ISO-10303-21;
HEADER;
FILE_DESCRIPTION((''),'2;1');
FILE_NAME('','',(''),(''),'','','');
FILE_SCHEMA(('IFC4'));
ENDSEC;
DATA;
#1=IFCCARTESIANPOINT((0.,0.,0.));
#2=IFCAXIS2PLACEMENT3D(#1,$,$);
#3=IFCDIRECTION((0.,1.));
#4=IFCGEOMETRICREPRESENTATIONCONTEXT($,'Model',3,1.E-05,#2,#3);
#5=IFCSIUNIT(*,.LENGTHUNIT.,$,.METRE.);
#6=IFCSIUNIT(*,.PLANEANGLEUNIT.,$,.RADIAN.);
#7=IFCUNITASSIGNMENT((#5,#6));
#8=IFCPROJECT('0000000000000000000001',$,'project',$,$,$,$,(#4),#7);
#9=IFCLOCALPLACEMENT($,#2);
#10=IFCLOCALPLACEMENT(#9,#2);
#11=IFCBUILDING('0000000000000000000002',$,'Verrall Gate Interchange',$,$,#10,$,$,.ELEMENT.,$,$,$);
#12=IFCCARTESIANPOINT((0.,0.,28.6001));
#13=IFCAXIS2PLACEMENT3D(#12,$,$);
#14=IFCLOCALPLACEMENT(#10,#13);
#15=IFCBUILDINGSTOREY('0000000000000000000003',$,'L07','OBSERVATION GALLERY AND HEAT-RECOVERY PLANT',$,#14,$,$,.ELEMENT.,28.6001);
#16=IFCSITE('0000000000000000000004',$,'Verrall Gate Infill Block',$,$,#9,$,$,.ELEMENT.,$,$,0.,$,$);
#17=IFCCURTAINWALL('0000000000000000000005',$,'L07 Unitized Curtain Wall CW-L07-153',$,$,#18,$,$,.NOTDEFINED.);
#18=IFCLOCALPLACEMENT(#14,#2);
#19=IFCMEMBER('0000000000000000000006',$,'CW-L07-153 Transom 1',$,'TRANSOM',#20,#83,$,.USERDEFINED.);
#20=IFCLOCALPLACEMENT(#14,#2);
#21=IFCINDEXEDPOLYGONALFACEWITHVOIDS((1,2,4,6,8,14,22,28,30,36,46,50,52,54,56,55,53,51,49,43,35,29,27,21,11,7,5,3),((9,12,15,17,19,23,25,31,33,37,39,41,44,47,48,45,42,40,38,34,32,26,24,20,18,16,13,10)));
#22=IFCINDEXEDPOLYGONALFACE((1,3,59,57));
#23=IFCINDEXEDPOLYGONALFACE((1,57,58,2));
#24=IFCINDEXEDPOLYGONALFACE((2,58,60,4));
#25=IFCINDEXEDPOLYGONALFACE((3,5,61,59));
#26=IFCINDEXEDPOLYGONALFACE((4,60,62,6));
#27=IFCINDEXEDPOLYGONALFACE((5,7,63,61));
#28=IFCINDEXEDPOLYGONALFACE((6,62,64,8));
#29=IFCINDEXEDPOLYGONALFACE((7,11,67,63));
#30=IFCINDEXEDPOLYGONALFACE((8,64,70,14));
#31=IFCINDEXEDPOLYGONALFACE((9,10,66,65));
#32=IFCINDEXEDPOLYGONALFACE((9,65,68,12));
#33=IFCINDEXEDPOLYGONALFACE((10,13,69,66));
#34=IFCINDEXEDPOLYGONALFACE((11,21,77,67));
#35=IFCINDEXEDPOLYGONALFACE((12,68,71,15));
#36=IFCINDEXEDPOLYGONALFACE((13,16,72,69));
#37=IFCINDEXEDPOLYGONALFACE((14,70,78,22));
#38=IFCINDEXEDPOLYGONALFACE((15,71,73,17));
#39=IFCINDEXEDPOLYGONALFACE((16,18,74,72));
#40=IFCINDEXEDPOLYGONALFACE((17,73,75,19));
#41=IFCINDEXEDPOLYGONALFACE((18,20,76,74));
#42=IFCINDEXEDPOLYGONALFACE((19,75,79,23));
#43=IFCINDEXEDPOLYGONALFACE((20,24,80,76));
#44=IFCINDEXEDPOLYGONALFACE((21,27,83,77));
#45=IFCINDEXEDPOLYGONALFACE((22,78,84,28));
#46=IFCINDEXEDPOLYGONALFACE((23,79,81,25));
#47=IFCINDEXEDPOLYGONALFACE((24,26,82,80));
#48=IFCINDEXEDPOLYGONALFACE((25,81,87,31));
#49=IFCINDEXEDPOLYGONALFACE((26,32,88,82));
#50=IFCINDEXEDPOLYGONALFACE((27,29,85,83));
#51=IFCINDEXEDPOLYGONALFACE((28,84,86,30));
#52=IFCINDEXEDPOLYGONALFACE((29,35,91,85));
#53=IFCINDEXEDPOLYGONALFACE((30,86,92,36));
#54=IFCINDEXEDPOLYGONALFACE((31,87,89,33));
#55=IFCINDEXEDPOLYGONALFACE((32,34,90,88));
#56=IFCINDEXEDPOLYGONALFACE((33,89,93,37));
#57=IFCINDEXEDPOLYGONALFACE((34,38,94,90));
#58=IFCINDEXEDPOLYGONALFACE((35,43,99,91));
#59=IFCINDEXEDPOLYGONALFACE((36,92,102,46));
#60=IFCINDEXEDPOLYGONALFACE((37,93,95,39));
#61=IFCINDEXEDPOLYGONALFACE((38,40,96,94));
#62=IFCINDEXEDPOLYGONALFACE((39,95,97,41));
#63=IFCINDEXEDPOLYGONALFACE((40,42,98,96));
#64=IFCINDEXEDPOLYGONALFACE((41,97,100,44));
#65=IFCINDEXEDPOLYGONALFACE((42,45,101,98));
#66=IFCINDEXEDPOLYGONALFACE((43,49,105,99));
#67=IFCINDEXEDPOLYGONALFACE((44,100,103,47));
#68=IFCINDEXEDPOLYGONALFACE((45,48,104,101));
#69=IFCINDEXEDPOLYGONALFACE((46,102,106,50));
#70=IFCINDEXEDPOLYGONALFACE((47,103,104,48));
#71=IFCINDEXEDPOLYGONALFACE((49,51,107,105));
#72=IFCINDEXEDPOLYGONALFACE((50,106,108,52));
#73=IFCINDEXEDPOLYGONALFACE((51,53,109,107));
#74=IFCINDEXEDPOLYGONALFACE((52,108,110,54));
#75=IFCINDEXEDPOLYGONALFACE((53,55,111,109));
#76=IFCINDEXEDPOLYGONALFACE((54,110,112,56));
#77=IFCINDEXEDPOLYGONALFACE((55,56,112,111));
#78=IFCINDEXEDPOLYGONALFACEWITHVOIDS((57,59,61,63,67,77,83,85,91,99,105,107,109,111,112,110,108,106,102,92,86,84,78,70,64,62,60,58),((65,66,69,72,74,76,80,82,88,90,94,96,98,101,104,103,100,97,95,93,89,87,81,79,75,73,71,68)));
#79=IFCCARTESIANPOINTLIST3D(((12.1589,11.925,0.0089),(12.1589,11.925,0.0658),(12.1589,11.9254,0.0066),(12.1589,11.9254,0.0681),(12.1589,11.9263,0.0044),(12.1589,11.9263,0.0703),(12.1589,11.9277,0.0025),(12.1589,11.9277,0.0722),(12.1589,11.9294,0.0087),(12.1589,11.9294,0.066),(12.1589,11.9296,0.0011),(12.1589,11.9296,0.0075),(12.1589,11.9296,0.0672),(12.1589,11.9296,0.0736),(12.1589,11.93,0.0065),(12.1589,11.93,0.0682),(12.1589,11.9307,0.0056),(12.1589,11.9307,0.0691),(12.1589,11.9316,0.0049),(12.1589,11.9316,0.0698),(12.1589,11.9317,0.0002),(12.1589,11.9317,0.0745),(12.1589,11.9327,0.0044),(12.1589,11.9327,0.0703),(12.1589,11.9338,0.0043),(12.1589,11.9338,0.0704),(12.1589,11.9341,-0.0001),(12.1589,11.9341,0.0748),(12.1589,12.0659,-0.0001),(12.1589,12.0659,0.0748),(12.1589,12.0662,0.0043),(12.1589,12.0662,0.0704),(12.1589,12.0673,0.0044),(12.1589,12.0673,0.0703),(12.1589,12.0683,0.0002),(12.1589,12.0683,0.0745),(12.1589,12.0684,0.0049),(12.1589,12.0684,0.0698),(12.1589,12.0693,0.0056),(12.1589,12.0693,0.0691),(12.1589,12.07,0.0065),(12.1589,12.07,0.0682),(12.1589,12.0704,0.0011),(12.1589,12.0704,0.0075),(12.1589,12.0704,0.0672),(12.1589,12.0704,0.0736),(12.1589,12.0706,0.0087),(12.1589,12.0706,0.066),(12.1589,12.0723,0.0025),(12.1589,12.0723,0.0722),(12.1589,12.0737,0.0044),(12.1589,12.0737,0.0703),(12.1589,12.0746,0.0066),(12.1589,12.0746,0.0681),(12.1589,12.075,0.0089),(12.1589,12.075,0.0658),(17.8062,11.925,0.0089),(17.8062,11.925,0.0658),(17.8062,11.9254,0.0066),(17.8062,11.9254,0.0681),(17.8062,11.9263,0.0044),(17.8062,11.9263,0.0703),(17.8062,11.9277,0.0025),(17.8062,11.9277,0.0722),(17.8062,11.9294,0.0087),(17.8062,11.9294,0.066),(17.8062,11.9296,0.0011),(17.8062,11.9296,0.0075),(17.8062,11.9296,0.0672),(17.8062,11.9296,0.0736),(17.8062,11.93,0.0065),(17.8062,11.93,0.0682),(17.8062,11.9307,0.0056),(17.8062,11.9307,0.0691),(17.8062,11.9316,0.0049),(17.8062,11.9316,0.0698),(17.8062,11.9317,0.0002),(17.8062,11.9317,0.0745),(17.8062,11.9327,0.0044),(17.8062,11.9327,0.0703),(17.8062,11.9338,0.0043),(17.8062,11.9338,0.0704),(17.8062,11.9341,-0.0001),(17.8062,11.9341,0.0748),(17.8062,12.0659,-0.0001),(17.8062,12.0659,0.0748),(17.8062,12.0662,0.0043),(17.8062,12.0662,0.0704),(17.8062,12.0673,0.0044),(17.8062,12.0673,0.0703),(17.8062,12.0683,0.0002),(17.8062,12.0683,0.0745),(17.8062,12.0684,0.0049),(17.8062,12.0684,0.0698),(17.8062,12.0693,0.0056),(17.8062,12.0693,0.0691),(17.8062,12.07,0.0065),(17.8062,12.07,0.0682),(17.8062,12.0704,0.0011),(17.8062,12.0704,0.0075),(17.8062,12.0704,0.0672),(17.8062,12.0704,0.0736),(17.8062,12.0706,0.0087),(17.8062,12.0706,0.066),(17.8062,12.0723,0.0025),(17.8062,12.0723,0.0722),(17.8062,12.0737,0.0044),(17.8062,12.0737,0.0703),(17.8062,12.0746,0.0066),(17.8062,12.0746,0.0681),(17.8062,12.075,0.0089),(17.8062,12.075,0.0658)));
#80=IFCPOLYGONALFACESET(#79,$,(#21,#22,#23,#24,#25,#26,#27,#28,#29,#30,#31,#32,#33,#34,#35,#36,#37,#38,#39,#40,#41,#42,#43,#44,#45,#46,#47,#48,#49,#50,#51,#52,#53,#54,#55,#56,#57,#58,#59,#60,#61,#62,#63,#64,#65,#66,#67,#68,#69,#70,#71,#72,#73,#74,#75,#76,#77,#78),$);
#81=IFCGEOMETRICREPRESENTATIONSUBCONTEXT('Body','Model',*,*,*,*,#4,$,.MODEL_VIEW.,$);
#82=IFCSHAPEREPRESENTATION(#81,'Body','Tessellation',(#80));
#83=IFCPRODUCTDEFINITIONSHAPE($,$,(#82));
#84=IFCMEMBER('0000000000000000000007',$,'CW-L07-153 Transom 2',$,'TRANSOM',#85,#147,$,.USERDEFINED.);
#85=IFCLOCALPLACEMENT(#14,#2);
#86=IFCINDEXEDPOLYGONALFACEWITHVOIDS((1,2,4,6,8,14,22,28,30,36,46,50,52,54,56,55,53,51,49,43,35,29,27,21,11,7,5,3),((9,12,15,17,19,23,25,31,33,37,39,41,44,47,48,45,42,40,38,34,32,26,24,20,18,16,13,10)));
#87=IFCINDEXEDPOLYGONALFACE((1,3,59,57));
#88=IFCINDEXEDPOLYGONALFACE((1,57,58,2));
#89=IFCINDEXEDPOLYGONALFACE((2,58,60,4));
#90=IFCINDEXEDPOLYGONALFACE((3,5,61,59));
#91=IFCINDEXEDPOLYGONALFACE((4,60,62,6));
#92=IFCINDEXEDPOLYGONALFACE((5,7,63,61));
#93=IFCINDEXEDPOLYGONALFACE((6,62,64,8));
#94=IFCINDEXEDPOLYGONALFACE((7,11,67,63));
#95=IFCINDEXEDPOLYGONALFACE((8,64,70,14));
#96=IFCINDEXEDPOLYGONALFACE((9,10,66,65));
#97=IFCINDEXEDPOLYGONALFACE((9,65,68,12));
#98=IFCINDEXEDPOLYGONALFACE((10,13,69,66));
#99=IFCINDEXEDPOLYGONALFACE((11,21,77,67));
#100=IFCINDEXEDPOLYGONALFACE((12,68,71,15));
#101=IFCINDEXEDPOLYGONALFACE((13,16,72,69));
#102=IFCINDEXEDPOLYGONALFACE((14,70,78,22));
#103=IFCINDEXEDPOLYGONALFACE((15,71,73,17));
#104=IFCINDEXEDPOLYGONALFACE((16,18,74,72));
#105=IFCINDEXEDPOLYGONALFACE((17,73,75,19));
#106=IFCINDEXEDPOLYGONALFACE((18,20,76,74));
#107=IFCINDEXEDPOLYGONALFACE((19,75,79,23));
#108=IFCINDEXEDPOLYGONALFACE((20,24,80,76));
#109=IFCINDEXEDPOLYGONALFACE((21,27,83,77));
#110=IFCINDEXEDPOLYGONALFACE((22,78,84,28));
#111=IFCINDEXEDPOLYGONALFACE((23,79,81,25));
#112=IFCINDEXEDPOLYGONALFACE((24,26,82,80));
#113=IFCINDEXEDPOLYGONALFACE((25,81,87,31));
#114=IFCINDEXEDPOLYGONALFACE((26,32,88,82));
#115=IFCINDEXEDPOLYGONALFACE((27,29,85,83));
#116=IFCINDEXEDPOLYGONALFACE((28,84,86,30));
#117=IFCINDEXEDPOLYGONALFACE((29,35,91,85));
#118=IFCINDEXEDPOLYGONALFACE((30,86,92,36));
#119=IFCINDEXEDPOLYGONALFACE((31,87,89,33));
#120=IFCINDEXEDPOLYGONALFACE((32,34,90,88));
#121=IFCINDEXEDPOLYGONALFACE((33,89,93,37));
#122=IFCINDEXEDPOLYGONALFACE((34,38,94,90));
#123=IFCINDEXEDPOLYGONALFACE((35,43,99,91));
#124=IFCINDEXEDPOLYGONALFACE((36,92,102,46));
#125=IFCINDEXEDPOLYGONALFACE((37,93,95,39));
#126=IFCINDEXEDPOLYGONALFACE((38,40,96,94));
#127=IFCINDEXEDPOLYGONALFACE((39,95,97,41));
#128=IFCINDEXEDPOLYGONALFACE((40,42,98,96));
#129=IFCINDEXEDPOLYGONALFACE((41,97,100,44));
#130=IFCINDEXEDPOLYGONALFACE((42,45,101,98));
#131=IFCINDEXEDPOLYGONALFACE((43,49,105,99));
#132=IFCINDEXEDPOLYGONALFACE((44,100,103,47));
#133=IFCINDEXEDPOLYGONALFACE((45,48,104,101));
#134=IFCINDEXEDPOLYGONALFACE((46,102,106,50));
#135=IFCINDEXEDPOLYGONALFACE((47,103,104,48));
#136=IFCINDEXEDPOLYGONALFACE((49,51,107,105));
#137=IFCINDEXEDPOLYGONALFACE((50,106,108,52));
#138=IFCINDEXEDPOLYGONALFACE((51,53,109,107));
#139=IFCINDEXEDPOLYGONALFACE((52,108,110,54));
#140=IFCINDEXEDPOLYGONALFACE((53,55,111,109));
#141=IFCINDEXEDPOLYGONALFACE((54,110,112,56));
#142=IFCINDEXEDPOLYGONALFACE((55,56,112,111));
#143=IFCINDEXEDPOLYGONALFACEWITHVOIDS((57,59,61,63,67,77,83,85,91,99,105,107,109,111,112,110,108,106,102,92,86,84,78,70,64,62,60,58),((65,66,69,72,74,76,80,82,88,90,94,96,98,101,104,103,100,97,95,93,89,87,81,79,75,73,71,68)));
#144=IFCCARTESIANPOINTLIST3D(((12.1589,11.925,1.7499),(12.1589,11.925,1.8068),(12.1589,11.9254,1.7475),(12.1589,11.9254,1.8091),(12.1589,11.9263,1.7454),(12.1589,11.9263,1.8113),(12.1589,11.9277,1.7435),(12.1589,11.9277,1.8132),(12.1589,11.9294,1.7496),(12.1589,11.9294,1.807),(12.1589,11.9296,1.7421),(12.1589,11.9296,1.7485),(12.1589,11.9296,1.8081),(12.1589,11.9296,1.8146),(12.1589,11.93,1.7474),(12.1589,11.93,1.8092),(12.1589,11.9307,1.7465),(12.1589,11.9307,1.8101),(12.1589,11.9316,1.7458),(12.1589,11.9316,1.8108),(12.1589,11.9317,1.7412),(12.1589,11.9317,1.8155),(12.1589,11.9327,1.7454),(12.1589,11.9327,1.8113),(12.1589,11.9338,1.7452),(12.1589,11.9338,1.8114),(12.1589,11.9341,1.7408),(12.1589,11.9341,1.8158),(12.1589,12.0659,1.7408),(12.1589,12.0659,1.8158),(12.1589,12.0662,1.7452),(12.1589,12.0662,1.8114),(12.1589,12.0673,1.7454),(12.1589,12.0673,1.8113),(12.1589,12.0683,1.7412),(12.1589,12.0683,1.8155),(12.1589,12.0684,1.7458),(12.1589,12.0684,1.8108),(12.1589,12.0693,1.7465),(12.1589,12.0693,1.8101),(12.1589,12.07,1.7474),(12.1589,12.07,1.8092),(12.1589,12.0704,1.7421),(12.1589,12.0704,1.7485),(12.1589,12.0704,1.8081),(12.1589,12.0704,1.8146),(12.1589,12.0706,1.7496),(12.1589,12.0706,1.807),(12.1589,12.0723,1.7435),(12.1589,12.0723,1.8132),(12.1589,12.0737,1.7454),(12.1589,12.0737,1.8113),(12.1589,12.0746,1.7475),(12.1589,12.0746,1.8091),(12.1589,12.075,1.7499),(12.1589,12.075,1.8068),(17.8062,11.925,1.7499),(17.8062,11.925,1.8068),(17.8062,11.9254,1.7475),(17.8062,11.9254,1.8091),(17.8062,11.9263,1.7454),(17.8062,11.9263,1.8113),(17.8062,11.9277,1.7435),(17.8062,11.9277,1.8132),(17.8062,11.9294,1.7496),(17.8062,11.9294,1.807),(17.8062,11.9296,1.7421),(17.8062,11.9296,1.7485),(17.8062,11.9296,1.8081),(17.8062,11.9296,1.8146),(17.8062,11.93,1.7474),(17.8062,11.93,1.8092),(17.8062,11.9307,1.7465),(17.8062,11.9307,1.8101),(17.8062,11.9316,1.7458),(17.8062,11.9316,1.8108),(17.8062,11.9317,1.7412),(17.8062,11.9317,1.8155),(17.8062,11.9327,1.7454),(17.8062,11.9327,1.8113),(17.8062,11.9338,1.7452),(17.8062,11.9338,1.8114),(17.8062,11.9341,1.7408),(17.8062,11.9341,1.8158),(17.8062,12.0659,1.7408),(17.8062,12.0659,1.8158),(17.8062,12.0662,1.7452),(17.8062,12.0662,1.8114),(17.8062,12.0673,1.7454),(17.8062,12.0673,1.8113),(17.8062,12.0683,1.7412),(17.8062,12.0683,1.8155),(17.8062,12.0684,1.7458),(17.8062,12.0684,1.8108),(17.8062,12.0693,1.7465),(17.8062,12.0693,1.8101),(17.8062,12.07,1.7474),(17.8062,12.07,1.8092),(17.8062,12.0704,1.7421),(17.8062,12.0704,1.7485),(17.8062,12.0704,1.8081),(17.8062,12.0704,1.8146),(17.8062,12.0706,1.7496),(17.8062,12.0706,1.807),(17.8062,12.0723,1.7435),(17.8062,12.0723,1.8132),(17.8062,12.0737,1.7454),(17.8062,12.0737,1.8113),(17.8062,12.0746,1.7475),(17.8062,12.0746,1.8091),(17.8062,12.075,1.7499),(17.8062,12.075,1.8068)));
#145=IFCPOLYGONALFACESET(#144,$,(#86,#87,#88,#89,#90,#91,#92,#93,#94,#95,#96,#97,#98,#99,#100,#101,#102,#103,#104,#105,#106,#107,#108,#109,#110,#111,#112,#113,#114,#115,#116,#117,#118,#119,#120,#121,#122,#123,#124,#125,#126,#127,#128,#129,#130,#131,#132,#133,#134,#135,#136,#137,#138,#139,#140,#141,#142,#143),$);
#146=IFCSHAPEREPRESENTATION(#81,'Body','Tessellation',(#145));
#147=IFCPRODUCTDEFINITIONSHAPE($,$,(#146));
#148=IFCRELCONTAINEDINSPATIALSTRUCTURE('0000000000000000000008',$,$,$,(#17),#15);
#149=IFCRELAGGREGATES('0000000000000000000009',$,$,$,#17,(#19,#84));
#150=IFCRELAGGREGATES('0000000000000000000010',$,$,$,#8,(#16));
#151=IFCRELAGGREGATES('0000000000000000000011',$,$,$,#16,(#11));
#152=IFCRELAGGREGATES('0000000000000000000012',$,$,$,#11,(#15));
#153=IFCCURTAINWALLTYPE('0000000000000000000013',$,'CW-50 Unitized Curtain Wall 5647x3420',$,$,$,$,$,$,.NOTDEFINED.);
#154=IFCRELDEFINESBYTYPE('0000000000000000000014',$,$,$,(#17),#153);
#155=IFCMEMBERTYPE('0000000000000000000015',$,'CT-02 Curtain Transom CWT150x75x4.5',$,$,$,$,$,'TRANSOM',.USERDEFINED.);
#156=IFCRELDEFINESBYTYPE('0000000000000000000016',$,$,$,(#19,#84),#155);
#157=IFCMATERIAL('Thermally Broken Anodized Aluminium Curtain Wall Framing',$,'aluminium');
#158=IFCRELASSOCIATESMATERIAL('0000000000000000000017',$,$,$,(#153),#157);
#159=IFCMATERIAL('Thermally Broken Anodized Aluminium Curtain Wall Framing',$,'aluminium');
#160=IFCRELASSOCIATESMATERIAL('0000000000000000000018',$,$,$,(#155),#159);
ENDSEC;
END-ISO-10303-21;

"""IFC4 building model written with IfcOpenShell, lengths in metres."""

from ifc_helpers import new_model, si_unit, direction, frame, origin, origin_2d, place, context, subcontext, project, spatial, hollow_rectangle, extrude, material, material_profile, profile_set, type_object, element, aggregate, save


model = new_model("IFC4")

# Units and contexts
model_context = context("Model", 3, precision=1e-05, world=origin(), true_north=direction((0.0, 1.0)))
body_context = subcontext(model_context, "Body", "Model", "MODEL_VIEW")
ifc_project = project(units=[si_unit("LENGTHUNIT", "METRE"), si_unit("PLANEANGLEUNIT", "RADIAN")], contexts=[model_context])

# Site, building, storey
site_placement = place(None, origin())
site = spatial("IfcSite", under=ifc_project, at=site_placement, Name="Verrall Gate Infill Block", CompositionType="ELEMENT", RefElevation=0.0)
building_placement = place(site_placement, origin())
building = spatial("IfcBuilding", under=site, at=building_placement, Name="Verrall Gate Interchange", CompositionType="ELEMENT")
storey_placement = place(building_placement, frame((0.0, 0.0, 28.6001)))
storey = spatial("IfcBuildingStorey", under=building, at=storey_placement, Name="L07", Description="OBSERVATION GALLERY AND HEAT-RECOVERY PLANT", CompositionType="ELEMENT", Elevation=28.6001)

# Curtain wall, members
ifc_material_1 = material(Name="Thermally Broken Anodized Aluminium Curtain Wall Framing", Category="aluminium")
curtain_wall_type = type_object("IfcCurtainWallType", Name="CW-50 Unitized Curtain Wall 5647x3420", PredefinedType="NOTDEFINED", material=ifc_material_1)
curtain_wall_1_placement = place(storey_placement, origin())
curtain_wall_1 = element("IfcCurtainWall", 1, at=curtain_wall_1_placement, inside=storey, type_object=curtain_wall_type, Name="L07 Unitized Curtain Wall CW-L07-153", PredefinedType="NOTDEFINED")
ifc_material_2 = material(Name="Thermally Broken Anodized Aluminium Curtain Wall Framing", Category="aluminium")
ifc_material_profile_1 = material_profile(ifc_material_2, hollow_rectangle(XDim=0.1499, YDim=0.075, WallThickness=0.0044, InnerFilletRadius=0.0044, OuterFilletRadius=0.009, at=origin_2d()), Name="CWT150x75x4.5")
ifc_profile_set_1 = profile_set([ifc_material_profile_1], Name="Thermally Broken Anodized Aluminium Curtain Wall Framing")
member_type_1 = type_object("IfcMemberType", Name="CT-02 Curtain Transom CWT150x75x4.5", ElementType="TRANSOM", PredefinedType="USERDEFINED", material=ifc_profile_set_1)
member_1_placement = place(storey_placement, frame((12.1589, 12.0, 0.0374), z_axis=(1.0, 0.0, 0.0), x_axis=(0.0, 1.0, 0.0)))
member_1 = element("IfcMember", 2, at=member_1_placement, type_object=member_type_1, Name="CW-L07-153 Transom 1", ObjectType="TRANSOM", PredefinedType="USERDEFINED", context=body_context, shape_type="SweptSolid", body=[
    extrude(hollow_rectangle(XDim=0.1499, YDim=0.075, WallThickness=0.0044, InnerFilletRadius=0.0044, OuterFilletRadius=0.009, at=origin_2d()), origin(), (0.0, 0.0, 1.0), 5.6472),
])
member_2_placement = place(storey_placement, frame((12.1589, 12.0, 1.7783), z_axis=(1.0, 0.0, 0.0), x_axis=(0.0, 1.0, 0.0)))
member_2 = element("IfcMember", 3, at=member_2_placement, type_object=member_type_1, Name="CW-L07-153 Transom 2", ObjectType="TRANSOM", PredefinedType="USERDEFINED", context=body_context, shape_type="SweptSolid", body=[
    extrude(hollow_rectangle(XDim=0.1499, YDim=0.075, WallThickness=0.0044, InnerFilletRadius=0.0044, OuterFilletRadius=0.009, at=origin_2d()), origin(), (0.0, 0.0, 1.0), 5.6472),
])

aggregate(curtain_wall_1, [member_1, member_2])

save(model, "model.ifc")
